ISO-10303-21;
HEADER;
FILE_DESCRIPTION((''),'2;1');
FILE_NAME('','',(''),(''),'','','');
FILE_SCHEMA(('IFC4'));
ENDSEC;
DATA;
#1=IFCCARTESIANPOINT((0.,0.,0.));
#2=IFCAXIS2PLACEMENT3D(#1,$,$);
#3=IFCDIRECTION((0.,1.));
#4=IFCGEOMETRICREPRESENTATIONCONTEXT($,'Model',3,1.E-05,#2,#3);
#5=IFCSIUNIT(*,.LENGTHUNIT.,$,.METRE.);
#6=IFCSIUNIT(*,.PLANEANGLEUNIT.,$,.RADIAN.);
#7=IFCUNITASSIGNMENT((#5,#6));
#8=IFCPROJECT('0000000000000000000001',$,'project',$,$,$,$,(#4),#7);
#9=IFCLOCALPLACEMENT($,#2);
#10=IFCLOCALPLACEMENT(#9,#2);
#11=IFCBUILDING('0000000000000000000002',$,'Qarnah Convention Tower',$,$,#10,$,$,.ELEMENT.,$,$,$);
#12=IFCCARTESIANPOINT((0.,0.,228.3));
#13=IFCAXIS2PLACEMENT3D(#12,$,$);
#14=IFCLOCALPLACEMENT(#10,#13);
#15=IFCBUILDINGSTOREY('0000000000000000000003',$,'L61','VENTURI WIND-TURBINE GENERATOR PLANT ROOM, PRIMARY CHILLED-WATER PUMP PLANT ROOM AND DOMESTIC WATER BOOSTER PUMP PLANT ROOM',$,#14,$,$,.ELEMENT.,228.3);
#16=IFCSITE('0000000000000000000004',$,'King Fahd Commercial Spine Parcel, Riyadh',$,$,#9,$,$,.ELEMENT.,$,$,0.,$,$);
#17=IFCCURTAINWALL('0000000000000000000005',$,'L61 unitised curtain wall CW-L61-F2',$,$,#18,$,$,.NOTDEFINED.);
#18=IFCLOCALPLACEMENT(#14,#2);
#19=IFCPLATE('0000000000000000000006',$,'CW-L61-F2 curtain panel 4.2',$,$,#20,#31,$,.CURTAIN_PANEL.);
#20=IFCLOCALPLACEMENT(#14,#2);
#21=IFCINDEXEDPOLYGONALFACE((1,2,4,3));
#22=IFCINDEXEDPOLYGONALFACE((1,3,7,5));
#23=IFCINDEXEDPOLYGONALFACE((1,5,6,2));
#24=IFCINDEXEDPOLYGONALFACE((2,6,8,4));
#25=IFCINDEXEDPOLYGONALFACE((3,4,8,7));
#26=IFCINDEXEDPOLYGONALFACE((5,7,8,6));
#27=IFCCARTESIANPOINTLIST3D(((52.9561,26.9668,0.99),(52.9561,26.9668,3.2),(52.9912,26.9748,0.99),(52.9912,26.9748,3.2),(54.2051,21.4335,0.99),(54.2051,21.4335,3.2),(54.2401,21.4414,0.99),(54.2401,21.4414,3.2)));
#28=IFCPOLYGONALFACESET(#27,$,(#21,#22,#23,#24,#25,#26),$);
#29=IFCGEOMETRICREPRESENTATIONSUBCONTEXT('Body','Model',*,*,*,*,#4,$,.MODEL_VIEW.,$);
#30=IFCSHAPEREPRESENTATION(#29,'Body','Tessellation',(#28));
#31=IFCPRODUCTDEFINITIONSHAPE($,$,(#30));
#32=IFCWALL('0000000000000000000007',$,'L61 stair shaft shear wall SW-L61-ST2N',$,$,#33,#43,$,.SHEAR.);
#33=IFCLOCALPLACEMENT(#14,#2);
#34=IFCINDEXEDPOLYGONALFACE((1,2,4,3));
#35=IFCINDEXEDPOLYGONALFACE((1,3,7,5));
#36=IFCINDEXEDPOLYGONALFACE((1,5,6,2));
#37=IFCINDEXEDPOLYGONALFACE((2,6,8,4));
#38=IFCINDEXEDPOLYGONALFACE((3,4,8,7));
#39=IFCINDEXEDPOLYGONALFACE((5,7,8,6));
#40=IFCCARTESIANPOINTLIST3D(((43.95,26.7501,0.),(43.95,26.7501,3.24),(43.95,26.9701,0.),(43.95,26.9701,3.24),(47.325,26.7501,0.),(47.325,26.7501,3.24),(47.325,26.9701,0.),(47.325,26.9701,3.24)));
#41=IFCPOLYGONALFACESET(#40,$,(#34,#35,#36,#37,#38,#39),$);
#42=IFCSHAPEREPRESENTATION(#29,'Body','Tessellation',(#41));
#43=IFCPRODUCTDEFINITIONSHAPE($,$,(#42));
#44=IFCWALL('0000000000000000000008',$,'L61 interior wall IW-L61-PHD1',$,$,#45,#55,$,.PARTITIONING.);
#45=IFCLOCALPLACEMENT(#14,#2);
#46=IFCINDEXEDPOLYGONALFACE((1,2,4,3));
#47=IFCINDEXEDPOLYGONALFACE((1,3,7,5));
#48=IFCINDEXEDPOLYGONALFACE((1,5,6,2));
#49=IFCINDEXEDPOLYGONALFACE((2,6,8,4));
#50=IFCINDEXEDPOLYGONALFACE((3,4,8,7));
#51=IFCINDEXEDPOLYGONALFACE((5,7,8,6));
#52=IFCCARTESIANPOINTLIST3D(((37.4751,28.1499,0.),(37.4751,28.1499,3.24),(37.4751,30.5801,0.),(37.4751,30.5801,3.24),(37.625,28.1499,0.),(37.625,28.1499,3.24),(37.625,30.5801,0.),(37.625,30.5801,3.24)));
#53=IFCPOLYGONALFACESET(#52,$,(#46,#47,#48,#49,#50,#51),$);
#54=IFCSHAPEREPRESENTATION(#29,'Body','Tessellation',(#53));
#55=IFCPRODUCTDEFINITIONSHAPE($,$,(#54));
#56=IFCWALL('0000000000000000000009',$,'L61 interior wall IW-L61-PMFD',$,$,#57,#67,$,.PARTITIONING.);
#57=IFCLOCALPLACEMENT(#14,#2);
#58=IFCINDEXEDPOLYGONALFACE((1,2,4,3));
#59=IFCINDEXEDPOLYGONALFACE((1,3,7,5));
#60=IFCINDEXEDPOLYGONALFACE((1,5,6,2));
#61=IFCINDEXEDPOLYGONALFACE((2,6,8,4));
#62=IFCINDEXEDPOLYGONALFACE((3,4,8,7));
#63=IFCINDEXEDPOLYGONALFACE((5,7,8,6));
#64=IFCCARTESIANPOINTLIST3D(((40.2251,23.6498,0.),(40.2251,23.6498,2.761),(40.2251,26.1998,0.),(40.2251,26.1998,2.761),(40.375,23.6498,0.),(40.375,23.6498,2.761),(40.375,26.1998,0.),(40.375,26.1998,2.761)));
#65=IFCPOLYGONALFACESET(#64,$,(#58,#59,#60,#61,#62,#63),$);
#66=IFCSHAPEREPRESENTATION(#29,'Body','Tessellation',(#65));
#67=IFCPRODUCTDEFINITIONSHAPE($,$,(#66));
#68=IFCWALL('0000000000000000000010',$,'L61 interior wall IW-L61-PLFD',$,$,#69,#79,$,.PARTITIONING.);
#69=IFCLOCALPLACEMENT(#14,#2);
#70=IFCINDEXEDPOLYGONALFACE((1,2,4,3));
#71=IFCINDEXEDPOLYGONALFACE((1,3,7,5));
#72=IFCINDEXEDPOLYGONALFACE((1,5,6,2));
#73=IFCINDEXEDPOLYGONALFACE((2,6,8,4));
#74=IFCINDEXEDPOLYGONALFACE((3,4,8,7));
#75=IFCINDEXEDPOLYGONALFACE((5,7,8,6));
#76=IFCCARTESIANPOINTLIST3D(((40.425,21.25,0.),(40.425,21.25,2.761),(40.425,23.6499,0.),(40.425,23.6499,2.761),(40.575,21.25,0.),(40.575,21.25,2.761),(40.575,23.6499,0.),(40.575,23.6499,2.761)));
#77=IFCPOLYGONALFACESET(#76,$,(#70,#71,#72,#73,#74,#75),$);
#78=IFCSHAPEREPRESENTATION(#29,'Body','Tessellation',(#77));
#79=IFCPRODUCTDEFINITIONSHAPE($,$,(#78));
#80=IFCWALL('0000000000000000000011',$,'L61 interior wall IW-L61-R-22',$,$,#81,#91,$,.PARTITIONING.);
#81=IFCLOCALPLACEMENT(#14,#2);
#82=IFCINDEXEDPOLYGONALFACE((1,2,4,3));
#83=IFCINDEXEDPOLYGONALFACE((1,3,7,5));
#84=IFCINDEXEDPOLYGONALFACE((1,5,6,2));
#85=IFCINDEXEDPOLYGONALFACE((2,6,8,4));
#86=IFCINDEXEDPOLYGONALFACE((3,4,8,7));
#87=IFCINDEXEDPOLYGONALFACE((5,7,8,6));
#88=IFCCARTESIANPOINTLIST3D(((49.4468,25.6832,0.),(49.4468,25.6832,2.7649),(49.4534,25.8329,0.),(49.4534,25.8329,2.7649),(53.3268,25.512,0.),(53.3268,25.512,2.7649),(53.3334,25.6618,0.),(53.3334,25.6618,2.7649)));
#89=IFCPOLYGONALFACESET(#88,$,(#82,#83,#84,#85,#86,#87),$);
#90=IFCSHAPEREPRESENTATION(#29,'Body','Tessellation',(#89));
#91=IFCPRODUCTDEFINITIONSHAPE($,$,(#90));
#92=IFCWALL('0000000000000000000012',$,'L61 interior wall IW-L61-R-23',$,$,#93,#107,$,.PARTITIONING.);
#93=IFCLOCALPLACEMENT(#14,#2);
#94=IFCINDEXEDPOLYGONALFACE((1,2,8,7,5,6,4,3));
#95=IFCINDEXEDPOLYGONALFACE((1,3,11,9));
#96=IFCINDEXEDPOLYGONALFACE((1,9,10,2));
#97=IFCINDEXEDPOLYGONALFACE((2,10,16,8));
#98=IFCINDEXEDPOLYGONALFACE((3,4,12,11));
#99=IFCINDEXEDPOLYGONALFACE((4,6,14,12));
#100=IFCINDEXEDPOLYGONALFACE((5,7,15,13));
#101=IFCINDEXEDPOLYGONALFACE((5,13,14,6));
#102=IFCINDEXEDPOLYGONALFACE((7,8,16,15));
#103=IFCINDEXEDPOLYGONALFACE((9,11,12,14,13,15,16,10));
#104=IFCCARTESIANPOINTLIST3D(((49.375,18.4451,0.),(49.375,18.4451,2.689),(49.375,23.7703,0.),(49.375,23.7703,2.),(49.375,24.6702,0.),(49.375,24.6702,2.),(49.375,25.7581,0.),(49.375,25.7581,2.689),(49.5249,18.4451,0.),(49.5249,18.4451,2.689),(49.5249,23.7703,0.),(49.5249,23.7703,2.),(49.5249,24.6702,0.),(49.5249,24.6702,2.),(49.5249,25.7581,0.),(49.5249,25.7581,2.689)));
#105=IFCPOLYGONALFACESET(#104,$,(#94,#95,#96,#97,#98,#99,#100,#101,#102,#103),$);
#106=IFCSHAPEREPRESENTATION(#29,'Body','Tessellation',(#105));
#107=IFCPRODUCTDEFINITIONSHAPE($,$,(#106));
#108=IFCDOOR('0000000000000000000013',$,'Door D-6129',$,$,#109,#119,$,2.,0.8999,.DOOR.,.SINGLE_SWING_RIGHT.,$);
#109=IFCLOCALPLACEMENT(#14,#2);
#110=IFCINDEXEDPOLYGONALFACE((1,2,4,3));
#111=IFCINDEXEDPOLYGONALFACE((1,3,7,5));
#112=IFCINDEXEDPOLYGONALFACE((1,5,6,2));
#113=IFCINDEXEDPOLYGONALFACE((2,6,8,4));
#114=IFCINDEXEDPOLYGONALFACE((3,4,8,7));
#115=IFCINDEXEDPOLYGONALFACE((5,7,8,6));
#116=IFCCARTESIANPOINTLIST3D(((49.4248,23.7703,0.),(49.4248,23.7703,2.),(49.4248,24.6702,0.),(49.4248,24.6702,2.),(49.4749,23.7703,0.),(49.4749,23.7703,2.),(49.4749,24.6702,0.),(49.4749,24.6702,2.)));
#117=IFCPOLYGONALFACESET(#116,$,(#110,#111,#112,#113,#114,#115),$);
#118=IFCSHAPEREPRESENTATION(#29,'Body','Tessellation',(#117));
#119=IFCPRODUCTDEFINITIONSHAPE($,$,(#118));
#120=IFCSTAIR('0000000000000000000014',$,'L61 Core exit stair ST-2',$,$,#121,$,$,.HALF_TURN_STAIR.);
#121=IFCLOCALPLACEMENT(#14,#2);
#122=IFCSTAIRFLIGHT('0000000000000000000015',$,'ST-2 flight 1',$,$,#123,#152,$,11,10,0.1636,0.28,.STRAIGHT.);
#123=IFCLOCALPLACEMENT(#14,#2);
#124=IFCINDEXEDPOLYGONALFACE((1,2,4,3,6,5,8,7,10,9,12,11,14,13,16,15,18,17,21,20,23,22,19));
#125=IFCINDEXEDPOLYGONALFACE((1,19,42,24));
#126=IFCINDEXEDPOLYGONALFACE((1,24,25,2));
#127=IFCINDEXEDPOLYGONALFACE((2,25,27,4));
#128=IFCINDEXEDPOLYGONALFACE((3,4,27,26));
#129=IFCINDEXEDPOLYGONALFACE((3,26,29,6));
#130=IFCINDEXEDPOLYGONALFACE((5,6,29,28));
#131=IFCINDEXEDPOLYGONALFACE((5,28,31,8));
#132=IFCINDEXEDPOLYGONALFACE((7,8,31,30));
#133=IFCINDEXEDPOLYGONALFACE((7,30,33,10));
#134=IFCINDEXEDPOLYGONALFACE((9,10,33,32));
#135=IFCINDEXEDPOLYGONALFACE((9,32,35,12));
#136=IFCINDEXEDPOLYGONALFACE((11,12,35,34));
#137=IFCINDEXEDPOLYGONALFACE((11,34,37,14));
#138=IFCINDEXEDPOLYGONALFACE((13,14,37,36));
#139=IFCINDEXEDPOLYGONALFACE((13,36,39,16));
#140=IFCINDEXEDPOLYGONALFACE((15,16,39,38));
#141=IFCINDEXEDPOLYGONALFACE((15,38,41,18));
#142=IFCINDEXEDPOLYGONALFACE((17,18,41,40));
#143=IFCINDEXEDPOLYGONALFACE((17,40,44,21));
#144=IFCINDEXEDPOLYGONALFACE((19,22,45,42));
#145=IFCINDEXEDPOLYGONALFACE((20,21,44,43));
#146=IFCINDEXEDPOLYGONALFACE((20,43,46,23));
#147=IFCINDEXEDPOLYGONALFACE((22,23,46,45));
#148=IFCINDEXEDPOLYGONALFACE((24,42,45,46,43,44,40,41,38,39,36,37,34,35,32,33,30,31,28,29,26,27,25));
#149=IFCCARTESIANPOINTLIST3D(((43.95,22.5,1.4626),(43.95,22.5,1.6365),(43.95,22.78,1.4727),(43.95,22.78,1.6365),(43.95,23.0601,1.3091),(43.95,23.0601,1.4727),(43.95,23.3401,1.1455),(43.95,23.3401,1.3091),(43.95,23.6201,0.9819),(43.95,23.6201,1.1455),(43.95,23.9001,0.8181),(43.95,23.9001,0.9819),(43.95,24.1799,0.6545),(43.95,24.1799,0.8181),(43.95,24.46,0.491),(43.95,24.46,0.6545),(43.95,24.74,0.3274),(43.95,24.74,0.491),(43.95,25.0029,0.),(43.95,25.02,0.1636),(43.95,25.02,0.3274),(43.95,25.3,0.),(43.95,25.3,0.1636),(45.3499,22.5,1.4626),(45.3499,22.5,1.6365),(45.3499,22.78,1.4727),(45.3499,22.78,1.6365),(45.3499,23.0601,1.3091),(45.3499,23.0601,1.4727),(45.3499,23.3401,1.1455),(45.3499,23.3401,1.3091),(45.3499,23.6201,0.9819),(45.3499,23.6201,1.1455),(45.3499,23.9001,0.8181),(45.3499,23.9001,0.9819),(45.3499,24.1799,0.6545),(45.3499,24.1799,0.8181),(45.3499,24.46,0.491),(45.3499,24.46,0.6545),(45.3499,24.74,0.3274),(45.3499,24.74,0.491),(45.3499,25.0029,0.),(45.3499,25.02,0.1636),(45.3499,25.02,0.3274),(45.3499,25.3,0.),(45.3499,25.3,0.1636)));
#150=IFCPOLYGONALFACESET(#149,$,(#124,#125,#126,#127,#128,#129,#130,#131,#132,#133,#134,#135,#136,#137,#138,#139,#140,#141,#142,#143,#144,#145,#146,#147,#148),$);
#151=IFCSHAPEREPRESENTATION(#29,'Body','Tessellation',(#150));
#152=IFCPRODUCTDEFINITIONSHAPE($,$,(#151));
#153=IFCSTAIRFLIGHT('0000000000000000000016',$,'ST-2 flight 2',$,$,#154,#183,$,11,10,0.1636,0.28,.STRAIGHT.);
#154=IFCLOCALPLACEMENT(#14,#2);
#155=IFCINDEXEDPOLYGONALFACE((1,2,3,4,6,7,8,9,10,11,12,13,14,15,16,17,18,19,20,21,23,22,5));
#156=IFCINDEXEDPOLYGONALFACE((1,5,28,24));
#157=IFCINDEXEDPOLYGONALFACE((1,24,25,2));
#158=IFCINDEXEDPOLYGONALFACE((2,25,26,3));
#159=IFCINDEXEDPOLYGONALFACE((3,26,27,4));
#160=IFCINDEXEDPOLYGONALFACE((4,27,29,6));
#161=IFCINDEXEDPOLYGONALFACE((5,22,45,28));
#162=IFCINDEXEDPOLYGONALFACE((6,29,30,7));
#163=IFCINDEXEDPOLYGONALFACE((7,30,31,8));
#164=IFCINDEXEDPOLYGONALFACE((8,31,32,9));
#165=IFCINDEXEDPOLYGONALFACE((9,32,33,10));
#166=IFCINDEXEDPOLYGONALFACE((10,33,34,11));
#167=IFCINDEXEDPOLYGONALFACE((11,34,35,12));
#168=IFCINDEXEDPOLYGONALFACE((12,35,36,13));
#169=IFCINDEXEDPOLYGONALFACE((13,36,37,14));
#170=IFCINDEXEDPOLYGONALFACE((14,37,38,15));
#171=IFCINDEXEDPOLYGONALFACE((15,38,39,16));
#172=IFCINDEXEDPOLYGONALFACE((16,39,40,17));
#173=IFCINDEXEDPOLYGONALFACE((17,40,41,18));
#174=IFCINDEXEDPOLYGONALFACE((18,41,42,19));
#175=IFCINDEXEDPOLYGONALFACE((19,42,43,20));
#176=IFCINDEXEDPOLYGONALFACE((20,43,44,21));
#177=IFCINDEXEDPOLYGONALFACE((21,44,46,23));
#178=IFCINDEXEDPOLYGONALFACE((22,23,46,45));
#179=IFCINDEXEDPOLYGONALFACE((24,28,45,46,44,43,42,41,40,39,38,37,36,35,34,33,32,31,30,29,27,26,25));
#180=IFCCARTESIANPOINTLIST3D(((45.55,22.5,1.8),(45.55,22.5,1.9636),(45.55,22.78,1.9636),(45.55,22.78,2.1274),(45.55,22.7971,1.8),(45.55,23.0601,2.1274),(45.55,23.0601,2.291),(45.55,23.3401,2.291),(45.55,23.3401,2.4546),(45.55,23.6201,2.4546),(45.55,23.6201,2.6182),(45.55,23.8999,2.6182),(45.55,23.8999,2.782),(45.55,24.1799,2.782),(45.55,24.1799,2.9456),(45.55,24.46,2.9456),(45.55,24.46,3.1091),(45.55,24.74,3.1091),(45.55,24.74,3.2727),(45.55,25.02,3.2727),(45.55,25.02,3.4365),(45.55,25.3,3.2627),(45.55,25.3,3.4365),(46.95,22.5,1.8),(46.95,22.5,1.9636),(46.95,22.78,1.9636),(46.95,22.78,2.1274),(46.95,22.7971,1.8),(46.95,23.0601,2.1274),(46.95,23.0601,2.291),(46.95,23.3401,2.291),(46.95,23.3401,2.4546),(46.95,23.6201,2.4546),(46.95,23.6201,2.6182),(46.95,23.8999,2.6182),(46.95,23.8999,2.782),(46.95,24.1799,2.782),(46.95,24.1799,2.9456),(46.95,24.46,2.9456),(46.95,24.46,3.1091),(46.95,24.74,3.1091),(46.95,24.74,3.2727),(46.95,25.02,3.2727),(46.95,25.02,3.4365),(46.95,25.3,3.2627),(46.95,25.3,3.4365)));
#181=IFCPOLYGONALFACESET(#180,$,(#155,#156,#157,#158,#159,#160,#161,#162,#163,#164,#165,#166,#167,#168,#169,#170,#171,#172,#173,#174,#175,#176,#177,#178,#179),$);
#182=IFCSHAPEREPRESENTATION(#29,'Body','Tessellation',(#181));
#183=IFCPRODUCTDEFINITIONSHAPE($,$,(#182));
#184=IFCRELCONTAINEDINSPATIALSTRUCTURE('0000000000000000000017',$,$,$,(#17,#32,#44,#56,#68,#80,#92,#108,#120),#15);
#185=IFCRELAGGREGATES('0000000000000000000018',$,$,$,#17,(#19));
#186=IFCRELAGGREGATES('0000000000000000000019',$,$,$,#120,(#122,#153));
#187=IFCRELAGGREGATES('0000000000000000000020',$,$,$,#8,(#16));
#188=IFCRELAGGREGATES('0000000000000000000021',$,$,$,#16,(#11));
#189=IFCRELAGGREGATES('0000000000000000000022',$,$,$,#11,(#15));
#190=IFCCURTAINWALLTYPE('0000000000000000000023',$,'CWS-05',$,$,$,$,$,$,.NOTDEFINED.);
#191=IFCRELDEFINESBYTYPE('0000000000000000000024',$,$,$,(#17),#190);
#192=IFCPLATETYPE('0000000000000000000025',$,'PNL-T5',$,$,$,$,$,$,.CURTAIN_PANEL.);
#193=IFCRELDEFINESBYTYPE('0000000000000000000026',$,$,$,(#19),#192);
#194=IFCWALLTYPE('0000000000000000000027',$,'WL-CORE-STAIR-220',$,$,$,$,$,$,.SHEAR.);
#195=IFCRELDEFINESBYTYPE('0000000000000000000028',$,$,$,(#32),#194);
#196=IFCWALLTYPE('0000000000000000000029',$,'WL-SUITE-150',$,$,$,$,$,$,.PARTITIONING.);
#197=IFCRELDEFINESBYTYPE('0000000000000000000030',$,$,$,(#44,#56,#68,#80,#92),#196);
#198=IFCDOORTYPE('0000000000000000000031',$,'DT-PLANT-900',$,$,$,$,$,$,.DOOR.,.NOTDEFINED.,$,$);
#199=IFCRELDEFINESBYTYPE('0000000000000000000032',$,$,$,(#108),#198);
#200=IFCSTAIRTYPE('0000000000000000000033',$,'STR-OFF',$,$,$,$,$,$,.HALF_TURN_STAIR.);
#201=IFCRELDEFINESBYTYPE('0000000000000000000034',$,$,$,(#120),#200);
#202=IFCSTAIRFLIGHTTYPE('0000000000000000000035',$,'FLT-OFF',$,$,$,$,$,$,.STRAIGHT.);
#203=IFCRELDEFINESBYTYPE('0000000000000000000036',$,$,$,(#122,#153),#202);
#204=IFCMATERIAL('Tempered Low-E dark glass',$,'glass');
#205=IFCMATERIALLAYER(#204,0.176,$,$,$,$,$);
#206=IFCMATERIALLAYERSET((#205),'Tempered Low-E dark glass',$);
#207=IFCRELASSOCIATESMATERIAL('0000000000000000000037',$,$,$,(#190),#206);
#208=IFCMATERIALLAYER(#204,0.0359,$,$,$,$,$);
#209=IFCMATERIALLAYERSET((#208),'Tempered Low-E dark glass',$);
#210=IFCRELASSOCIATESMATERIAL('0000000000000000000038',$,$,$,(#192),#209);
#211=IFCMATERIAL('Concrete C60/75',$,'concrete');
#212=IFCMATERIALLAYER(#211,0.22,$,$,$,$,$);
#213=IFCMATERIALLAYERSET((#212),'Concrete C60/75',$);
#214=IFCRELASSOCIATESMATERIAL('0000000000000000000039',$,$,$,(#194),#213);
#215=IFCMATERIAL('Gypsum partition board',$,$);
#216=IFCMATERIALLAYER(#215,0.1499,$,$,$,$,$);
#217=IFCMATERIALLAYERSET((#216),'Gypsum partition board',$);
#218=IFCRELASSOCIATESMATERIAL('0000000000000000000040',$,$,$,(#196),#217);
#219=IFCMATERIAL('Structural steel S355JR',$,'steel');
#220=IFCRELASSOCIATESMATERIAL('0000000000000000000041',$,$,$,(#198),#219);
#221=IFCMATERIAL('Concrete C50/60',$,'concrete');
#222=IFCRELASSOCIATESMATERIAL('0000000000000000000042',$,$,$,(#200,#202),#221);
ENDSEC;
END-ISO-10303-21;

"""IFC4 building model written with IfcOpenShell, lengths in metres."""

from ifc_helpers import new_model, si_unit, direction, frame, frame_2d, origin, origin_2d, place, context, subcontext, project, spatial, polyline, rectangle, outline, extrude, material, layer, layer_set, type_object, element, fill, aggregate, save


model = new_model("IFC4")

# Units and contexts
model_context = context("Model", 3, precision=1e-05, world=origin(), true_north=direction((0.0, 1.0)))
body_context = subcontext(model_context, "Body", "Model", "MODEL_VIEW")
ifc_project = project(units=[si_unit("LENGTHUNIT", "METRE"), si_unit("PLANEANGLEUNIT", "RADIAN")], contexts=[model_context])

# Site, building, storey
site_placement = place(None, origin())
site = spatial("IfcSite", under=ifc_project, at=site_placement, Name="King Fahd Commercial Spine Parcel, Riyadh", CompositionType="ELEMENT", RefElevation=0.0)
building_placement = place(site_placement, origin())
building = spatial("IfcBuilding", under=site, at=building_placement, Name="Qarnah Convention Tower", CompositionType="ELEMENT")
storey_placement = place(building_placement, frame((0.0, 0.0, 228.3)))
storey = spatial("IfcBuildingStorey", under=building, at=storey_placement, Name="L61", Description="VENTURI WIND-TURBINE GENERATOR PLANT ROOM, PRIMARY CHILLED-WATER PUMP PLANT ROOM AND DOMESTIC WATER BOOSTER PUMP PLANT ROOM", CompositionType="ELEMENT", Elevation=228.3)

# Shared definitions
ifc_material_1 = material(Name="Concrete C50/60", Category="concrete")

# Shared definitions
ifc_material_2 = material(Name="Structural steel S355JR", Category="steel")

# Curtain wall, plate
ifc_material_3 = material(Name="Tempered Low-E dark glass", Category="glass")
ifc_layer_1 = layer(ifc_material_3, 0.176)
ifc_layer_set_1 = layer_set([ifc_layer_1], Name="Tempered Low-E dark glass")
curtain_wall_type = type_object("IfcCurtainWallType", Name="CWS-05", PredefinedType="NOTDEFINED", material=ifc_layer_set_1)
curtain_wall_placement = place(storey_placement, origin())
curtain_wall = element("IfcCurtainWall", 1, at=curtain_wall_placement, inside=storey, type_object=curtain_wall_type, Name="L61 unitised curtain wall CW-L61-F2", PredefinedType="NOTDEFINED")
ifc_layer_2 = layer(ifc_material_3, 0.0359)
ifc_layer_set_2 = layer_set([ifc_layer_2], Name="Tempered Low-E dark glass")
plate_type = type_object("IfcPlateType", Name="PNL-T5", PredefinedType="CURTAIN_PANEL", material=ifc_layer_set_2)
plate_1_placement = place(storey_placement, frame((53.5981, 24.2041, 0.99), z_axis=(0.0, 0.0, 1.0), x_axis=(0.22018, -0.975459, 0.0)))
plate_1 = element("IfcPlate", 2, at=plate_1_placement, type_object=plate_type, Name="CW-L61-F2 curtain panel 4.2", PredefinedType="CURTAIN_PANEL", context=body_context, shape_type="SweptSolid", body=[
    extrude(rectangle(XDim=5.6726, YDim=0.0359, at=origin_2d()), origin(), (0.0, 0.0, 1.0), 2.21),
])
aggregate(curtain_wall, [plate_1])

# Walls
ifc_material_4 = material(Name="Concrete C60/75", Category="concrete")
ifc_layer_3 = layer(ifc_material_4, 0.22)
ifc_layer_set_3 = layer_set([ifc_layer_3], Name="Concrete C60/75")
wall_type_1 = type_object("IfcWallType", Name="WL-CORE-STAIR-220", PredefinedType="SHEAR", material=ifc_layer_set_3)
wall_1_placement = place(storey_placement, frame((43.95, 26.8601, 0.0), z_axis=(0.0, 0.0, 1.0), x_axis=(1.0, 0.0, 0.0)))
element("IfcWall", 3, at=wall_1_placement, inside=storey, type_object=wall_type_1, Name="L61 stair shaft shear wall SW-L61-ST2N", PredefinedType="SHEAR", context=body_context, shape_type="SweptSolid", body=[
    extrude(rectangle(XDim=3.375, YDim=0.22, at=frame_2d((1.6875, 0.0))), origin(), (0.0, 0.0, 1.0), 3.24),
])
ifc_material_5 = material(Name="Gypsum partition board")
ifc_layer_4 = layer(ifc_material_5, 0.1499)
ifc_layer_set_4 = layer_set([ifc_layer_4], Name="Gypsum partition board")
wall_type_2 = type_object("IfcWallType", Name="WL-SUITE-150", PredefinedType="PARTITIONING", material=ifc_layer_set_4)
wall_2_placement = place(storey_placement, frame((37.55, 28.1499, 0.0), z_axis=(0.0, 0.0, 1.0), x_axis=(0.0, 1.0, 0.0)))
element("IfcWall", 4, at=wall_2_placement, inside=storey, type_object=wall_type_2, Name="L61 interior wall IW-L61-PHD1", PredefinedType="PARTITIONING", context=body_context, shape_type="SweptSolid", body=[
    extrude(rectangle(XDim=2.4302, YDim=0.1499, at=frame_2d((1.2151, 0.0))), origin(), (0.0, 0.0, 1.0), 3.24),
])
wall_3_placement = place(storey_placement, frame((40.3, 23.6499, 0.0), z_axis=(0.0, 0.0, 1.0), x_axis=(0.0, 1.0, 0.0)))
element("IfcWall", 5, at=wall_3_placement, inside=storey, type_object=wall_type_2, Name="L61 interior wall IW-L61-PMFD", PredefinedType="PARTITIONING", context=body_context, shape_type="SweptSolid", body=[
    extrude(rectangle(XDim=2.55, YDim=0.1499, at=frame_2d((1.2749, 0.0))), origin(), (0.0, 0.0, 1.0), 2.761),
])
wall_4_placement = place(storey_placement, frame((40.5, 21.25, 0.0), z_axis=(0.0, 0.0, 1.0), x_axis=(0.0, 1.0, 0.0)))
element("IfcWall", 6, at=wall_4_placement, inside=storey, type_object=wall_type_2, Name="L61 interior wall IW-L61-PLFD", PredefinedType="PARTITIONING", context=body_context, shape_type="SweptSolid", body=[
    extrude(rectangle(XDim=2.3999, YDim=0.1499, at=frame_2d((1.2, 0.0))), origin(), (0.0, 0.0, 1.0), 2.761),
])
wall_5_placement = place(storey_placement, frame((53.3301, 25.5869, 0.0), z_axis=(0.0, 0.0, 1.0), x_axis=(-0.999029, 0.044065, 0.0)))
element("IfcWall", 7, at=wall_5_placement, inside=storey, type_object=wall_type_2, Name="L61 interior wall IW-L61-R-22", PredefinedType="PARTITIONING", context=body_context, shape_type="SweptSolid", body=[
    extrude(rectangle(XDim=3.8838, YDim=0.1499, at=frame_2d((1.9419, 0.0))), origin(), (0.0, 0.0, 1.0), 2.7649),
])

# Wall, opening, door
wall_6_placement = place(storey_placement, frame((49.45, 25.7581, 0.0), z_axis=(0.0, 0.0, 1.0), x_axis=(0.0, -1.0, 0.0)))
wall_6 = element("IfcWall", 8, at=wall_6_placement, inside=storey, type_object=wall_type_2, Name="L61 interior wall IW-L61-R-23", PredefinedType="PARTITIONING", context=body_context, shape_type="SweptSolid", body=[
    extrude(rectangle(XDim=7.313, YDim=0.1499, at=frame_2d((3.6565, 0.0))), origin(), (0.0, 0.0, 1.0), 2.689),
])
opening_placement = place(wall_6_placement, frame((1.0879, 0.0, 0.0)))
opening = element("IfcOpeningElement", 9, at=opening_placement, cuts=wall_6, PredefinedType="OPENING", context=body_context, shape_type="SweptSolid", body=[
    extrude(rectangle(XDim=0.8999, YDim=2.0, at=frame_2d((0.45, 1.0))), frame((0.0, 0.085, 0.0), z_axis=(0.0, -1.0, 0.0), x_axis=(1.0, 0.0, 0.0)), (0.0, 0.0, 1.0), 0.1699),
])
door_type = type_object("IfcDoorType", Name="DT-PLANT-900", OperationType="NOTDEFINED", PredefinedType="DOOR", material=ifc_material_2)
door_placement = place(opening_placement, origin())
door = element("IfcDoor", 10, at=door_placement, inside=storey, type_object=door_type, Name="Door D-6129", OperationType="SINGLE_SWING_RIGHT", OverallHeight=2.0, OverallWidth=0.8999, PredefinedType="DOOR", context=body_context, shape_type="SweptSolid", body=[
    extrude(rectangle(XDim=0.8999, YDim=2.0, at=frame_2d((0.45, 1.0))), frame((0.0, 0.0249, 0.0), z_axis=(0.0, -1.0, 0.0), x_axis=(1.0, 0.0, 0.0)), (0.0, 0.0, 1.0), 0.05),
])
fill(opening, door)

# Stair, stair flights
stair_type = type_object("IfcStairType", Name="STR-OFF", PredefinedType="HALF_TURN_STAIR", material=ifc_material_1)
stair_placement = place(storey_placement, origin())
stair = element("IfcStair", 11, at=stair_placement, inside=storey, type_object=stair_type, Name="L61 Core exit stair ST-2", PredefinedType="HALF_TURN_STAIR")
stair_flight_type = type_object("IfcStairFlightType", Name="FLT-OFF", PredefinedType="STRAIGHT", material=ifc_material_1)
stair_flight_1_placement = place(storey_placement, frame((44.6499, 25.3, 0.0), z_axis=(0.0, 0.0, 1.0), x_axis=(0.0, -1.0, 0.0)))
stair_flight_1 = element("IfcStairFlight", 12, at=stair_flight_1_placement, type_object=stair_flight_type, Name="ST-2 flight 1", NumberOfRisers=11, NumberOfTreads=10, PredefinedType="STRAIGHT", RiserHeight=0.1636, TreadLength=0.28, context=body_context, shape_type="SweptSolid", body=[
    extrude(outline(polyline([(0.0, 0.0), (0.0, 0.1636), (0.28, 0.1636), (0.28, 0.3274), (0.5601, 0.3274), (0.5601, 0.491), (0.8401, 0.491), (0.8401, 0.6545), (1.1201, 0.6545), (1.1201, 0.8181), (1.3999, 0.8181), (1.3999, 0.9819), (1.6799, 0.9819), (1.6799, 1.1455), (1.96, 1.1455), (1.96, 1.3091), (2.24, 1.3091), (2.24, 1.4727), (2.52, 1.4727), (2.52, 1.6365), (2.8, 1.6365), (2.8, 1.8), (2.8, 1.4626), (0.2971, 0.0), (0.0, 0.0)])), frame((0.0, 0.7, 0.0), z_axis=(0.0, -1.0, 0.0), x_axis=(1.0, 0.0, 0.0)), (0.0, 0.0, 1.0), 1.3999),
])
stair_flight_2_placement = place(storey_placement, frame((46.25, 22.5, 1.8), z_axis=(0.0, 0.0, 1.0), x_axis=(0.0, 1.0, 0.0)))
stair_flight_2 = element("IfcStairFlight", 13, at=stair_flight_2_placement, type_object=stair_flight_type, Name="ST-2 flight 2", NumberOfRisers=11, NumberOfTreads=10, PredefinedType="STRAIGHT", RiserHeight=0.1636, TreadLength=0.28, context=body_context, shape_type="SweptSolid", body=[
    extrude(outline(polyline([(0.0, 0.0), (0.0, 0.1636), (0.28, 0.1636), (0.28, 0.3274), (0.5601, 0.3274), (0.5601, 0.491), (0.8401, 0.491), (0.8401, 0.6545), (1.1201, 0.6545), (1.1201, 0.8181), (1.3999, 0.8181), (1.3999, 0.9819), (1.6799, 0.9819), (1.6799, 1.1455), (1.96, 1.1455), (1.96, 1.3091), (2.24, 1.3091), (2.24, 1.4727), (2.52, 1.4727), (2.52, 1.6365), (2.8, 1.6365), (2.8, 1.8), (2.8, 1.4626), (0.2971, 0.0), (0.0, 0.0)])), frame((0.0, 0.7, 0.0), z_axis=(0.0, -1.0, 0.0), x_axis=(1.0, 0.0, 0.0)), (0.0, 0.0, 1.0), 1.3999),
])
aggregate(stair, [stair_flight_1, stair_flight_2])

save(model, "model.ifc")
